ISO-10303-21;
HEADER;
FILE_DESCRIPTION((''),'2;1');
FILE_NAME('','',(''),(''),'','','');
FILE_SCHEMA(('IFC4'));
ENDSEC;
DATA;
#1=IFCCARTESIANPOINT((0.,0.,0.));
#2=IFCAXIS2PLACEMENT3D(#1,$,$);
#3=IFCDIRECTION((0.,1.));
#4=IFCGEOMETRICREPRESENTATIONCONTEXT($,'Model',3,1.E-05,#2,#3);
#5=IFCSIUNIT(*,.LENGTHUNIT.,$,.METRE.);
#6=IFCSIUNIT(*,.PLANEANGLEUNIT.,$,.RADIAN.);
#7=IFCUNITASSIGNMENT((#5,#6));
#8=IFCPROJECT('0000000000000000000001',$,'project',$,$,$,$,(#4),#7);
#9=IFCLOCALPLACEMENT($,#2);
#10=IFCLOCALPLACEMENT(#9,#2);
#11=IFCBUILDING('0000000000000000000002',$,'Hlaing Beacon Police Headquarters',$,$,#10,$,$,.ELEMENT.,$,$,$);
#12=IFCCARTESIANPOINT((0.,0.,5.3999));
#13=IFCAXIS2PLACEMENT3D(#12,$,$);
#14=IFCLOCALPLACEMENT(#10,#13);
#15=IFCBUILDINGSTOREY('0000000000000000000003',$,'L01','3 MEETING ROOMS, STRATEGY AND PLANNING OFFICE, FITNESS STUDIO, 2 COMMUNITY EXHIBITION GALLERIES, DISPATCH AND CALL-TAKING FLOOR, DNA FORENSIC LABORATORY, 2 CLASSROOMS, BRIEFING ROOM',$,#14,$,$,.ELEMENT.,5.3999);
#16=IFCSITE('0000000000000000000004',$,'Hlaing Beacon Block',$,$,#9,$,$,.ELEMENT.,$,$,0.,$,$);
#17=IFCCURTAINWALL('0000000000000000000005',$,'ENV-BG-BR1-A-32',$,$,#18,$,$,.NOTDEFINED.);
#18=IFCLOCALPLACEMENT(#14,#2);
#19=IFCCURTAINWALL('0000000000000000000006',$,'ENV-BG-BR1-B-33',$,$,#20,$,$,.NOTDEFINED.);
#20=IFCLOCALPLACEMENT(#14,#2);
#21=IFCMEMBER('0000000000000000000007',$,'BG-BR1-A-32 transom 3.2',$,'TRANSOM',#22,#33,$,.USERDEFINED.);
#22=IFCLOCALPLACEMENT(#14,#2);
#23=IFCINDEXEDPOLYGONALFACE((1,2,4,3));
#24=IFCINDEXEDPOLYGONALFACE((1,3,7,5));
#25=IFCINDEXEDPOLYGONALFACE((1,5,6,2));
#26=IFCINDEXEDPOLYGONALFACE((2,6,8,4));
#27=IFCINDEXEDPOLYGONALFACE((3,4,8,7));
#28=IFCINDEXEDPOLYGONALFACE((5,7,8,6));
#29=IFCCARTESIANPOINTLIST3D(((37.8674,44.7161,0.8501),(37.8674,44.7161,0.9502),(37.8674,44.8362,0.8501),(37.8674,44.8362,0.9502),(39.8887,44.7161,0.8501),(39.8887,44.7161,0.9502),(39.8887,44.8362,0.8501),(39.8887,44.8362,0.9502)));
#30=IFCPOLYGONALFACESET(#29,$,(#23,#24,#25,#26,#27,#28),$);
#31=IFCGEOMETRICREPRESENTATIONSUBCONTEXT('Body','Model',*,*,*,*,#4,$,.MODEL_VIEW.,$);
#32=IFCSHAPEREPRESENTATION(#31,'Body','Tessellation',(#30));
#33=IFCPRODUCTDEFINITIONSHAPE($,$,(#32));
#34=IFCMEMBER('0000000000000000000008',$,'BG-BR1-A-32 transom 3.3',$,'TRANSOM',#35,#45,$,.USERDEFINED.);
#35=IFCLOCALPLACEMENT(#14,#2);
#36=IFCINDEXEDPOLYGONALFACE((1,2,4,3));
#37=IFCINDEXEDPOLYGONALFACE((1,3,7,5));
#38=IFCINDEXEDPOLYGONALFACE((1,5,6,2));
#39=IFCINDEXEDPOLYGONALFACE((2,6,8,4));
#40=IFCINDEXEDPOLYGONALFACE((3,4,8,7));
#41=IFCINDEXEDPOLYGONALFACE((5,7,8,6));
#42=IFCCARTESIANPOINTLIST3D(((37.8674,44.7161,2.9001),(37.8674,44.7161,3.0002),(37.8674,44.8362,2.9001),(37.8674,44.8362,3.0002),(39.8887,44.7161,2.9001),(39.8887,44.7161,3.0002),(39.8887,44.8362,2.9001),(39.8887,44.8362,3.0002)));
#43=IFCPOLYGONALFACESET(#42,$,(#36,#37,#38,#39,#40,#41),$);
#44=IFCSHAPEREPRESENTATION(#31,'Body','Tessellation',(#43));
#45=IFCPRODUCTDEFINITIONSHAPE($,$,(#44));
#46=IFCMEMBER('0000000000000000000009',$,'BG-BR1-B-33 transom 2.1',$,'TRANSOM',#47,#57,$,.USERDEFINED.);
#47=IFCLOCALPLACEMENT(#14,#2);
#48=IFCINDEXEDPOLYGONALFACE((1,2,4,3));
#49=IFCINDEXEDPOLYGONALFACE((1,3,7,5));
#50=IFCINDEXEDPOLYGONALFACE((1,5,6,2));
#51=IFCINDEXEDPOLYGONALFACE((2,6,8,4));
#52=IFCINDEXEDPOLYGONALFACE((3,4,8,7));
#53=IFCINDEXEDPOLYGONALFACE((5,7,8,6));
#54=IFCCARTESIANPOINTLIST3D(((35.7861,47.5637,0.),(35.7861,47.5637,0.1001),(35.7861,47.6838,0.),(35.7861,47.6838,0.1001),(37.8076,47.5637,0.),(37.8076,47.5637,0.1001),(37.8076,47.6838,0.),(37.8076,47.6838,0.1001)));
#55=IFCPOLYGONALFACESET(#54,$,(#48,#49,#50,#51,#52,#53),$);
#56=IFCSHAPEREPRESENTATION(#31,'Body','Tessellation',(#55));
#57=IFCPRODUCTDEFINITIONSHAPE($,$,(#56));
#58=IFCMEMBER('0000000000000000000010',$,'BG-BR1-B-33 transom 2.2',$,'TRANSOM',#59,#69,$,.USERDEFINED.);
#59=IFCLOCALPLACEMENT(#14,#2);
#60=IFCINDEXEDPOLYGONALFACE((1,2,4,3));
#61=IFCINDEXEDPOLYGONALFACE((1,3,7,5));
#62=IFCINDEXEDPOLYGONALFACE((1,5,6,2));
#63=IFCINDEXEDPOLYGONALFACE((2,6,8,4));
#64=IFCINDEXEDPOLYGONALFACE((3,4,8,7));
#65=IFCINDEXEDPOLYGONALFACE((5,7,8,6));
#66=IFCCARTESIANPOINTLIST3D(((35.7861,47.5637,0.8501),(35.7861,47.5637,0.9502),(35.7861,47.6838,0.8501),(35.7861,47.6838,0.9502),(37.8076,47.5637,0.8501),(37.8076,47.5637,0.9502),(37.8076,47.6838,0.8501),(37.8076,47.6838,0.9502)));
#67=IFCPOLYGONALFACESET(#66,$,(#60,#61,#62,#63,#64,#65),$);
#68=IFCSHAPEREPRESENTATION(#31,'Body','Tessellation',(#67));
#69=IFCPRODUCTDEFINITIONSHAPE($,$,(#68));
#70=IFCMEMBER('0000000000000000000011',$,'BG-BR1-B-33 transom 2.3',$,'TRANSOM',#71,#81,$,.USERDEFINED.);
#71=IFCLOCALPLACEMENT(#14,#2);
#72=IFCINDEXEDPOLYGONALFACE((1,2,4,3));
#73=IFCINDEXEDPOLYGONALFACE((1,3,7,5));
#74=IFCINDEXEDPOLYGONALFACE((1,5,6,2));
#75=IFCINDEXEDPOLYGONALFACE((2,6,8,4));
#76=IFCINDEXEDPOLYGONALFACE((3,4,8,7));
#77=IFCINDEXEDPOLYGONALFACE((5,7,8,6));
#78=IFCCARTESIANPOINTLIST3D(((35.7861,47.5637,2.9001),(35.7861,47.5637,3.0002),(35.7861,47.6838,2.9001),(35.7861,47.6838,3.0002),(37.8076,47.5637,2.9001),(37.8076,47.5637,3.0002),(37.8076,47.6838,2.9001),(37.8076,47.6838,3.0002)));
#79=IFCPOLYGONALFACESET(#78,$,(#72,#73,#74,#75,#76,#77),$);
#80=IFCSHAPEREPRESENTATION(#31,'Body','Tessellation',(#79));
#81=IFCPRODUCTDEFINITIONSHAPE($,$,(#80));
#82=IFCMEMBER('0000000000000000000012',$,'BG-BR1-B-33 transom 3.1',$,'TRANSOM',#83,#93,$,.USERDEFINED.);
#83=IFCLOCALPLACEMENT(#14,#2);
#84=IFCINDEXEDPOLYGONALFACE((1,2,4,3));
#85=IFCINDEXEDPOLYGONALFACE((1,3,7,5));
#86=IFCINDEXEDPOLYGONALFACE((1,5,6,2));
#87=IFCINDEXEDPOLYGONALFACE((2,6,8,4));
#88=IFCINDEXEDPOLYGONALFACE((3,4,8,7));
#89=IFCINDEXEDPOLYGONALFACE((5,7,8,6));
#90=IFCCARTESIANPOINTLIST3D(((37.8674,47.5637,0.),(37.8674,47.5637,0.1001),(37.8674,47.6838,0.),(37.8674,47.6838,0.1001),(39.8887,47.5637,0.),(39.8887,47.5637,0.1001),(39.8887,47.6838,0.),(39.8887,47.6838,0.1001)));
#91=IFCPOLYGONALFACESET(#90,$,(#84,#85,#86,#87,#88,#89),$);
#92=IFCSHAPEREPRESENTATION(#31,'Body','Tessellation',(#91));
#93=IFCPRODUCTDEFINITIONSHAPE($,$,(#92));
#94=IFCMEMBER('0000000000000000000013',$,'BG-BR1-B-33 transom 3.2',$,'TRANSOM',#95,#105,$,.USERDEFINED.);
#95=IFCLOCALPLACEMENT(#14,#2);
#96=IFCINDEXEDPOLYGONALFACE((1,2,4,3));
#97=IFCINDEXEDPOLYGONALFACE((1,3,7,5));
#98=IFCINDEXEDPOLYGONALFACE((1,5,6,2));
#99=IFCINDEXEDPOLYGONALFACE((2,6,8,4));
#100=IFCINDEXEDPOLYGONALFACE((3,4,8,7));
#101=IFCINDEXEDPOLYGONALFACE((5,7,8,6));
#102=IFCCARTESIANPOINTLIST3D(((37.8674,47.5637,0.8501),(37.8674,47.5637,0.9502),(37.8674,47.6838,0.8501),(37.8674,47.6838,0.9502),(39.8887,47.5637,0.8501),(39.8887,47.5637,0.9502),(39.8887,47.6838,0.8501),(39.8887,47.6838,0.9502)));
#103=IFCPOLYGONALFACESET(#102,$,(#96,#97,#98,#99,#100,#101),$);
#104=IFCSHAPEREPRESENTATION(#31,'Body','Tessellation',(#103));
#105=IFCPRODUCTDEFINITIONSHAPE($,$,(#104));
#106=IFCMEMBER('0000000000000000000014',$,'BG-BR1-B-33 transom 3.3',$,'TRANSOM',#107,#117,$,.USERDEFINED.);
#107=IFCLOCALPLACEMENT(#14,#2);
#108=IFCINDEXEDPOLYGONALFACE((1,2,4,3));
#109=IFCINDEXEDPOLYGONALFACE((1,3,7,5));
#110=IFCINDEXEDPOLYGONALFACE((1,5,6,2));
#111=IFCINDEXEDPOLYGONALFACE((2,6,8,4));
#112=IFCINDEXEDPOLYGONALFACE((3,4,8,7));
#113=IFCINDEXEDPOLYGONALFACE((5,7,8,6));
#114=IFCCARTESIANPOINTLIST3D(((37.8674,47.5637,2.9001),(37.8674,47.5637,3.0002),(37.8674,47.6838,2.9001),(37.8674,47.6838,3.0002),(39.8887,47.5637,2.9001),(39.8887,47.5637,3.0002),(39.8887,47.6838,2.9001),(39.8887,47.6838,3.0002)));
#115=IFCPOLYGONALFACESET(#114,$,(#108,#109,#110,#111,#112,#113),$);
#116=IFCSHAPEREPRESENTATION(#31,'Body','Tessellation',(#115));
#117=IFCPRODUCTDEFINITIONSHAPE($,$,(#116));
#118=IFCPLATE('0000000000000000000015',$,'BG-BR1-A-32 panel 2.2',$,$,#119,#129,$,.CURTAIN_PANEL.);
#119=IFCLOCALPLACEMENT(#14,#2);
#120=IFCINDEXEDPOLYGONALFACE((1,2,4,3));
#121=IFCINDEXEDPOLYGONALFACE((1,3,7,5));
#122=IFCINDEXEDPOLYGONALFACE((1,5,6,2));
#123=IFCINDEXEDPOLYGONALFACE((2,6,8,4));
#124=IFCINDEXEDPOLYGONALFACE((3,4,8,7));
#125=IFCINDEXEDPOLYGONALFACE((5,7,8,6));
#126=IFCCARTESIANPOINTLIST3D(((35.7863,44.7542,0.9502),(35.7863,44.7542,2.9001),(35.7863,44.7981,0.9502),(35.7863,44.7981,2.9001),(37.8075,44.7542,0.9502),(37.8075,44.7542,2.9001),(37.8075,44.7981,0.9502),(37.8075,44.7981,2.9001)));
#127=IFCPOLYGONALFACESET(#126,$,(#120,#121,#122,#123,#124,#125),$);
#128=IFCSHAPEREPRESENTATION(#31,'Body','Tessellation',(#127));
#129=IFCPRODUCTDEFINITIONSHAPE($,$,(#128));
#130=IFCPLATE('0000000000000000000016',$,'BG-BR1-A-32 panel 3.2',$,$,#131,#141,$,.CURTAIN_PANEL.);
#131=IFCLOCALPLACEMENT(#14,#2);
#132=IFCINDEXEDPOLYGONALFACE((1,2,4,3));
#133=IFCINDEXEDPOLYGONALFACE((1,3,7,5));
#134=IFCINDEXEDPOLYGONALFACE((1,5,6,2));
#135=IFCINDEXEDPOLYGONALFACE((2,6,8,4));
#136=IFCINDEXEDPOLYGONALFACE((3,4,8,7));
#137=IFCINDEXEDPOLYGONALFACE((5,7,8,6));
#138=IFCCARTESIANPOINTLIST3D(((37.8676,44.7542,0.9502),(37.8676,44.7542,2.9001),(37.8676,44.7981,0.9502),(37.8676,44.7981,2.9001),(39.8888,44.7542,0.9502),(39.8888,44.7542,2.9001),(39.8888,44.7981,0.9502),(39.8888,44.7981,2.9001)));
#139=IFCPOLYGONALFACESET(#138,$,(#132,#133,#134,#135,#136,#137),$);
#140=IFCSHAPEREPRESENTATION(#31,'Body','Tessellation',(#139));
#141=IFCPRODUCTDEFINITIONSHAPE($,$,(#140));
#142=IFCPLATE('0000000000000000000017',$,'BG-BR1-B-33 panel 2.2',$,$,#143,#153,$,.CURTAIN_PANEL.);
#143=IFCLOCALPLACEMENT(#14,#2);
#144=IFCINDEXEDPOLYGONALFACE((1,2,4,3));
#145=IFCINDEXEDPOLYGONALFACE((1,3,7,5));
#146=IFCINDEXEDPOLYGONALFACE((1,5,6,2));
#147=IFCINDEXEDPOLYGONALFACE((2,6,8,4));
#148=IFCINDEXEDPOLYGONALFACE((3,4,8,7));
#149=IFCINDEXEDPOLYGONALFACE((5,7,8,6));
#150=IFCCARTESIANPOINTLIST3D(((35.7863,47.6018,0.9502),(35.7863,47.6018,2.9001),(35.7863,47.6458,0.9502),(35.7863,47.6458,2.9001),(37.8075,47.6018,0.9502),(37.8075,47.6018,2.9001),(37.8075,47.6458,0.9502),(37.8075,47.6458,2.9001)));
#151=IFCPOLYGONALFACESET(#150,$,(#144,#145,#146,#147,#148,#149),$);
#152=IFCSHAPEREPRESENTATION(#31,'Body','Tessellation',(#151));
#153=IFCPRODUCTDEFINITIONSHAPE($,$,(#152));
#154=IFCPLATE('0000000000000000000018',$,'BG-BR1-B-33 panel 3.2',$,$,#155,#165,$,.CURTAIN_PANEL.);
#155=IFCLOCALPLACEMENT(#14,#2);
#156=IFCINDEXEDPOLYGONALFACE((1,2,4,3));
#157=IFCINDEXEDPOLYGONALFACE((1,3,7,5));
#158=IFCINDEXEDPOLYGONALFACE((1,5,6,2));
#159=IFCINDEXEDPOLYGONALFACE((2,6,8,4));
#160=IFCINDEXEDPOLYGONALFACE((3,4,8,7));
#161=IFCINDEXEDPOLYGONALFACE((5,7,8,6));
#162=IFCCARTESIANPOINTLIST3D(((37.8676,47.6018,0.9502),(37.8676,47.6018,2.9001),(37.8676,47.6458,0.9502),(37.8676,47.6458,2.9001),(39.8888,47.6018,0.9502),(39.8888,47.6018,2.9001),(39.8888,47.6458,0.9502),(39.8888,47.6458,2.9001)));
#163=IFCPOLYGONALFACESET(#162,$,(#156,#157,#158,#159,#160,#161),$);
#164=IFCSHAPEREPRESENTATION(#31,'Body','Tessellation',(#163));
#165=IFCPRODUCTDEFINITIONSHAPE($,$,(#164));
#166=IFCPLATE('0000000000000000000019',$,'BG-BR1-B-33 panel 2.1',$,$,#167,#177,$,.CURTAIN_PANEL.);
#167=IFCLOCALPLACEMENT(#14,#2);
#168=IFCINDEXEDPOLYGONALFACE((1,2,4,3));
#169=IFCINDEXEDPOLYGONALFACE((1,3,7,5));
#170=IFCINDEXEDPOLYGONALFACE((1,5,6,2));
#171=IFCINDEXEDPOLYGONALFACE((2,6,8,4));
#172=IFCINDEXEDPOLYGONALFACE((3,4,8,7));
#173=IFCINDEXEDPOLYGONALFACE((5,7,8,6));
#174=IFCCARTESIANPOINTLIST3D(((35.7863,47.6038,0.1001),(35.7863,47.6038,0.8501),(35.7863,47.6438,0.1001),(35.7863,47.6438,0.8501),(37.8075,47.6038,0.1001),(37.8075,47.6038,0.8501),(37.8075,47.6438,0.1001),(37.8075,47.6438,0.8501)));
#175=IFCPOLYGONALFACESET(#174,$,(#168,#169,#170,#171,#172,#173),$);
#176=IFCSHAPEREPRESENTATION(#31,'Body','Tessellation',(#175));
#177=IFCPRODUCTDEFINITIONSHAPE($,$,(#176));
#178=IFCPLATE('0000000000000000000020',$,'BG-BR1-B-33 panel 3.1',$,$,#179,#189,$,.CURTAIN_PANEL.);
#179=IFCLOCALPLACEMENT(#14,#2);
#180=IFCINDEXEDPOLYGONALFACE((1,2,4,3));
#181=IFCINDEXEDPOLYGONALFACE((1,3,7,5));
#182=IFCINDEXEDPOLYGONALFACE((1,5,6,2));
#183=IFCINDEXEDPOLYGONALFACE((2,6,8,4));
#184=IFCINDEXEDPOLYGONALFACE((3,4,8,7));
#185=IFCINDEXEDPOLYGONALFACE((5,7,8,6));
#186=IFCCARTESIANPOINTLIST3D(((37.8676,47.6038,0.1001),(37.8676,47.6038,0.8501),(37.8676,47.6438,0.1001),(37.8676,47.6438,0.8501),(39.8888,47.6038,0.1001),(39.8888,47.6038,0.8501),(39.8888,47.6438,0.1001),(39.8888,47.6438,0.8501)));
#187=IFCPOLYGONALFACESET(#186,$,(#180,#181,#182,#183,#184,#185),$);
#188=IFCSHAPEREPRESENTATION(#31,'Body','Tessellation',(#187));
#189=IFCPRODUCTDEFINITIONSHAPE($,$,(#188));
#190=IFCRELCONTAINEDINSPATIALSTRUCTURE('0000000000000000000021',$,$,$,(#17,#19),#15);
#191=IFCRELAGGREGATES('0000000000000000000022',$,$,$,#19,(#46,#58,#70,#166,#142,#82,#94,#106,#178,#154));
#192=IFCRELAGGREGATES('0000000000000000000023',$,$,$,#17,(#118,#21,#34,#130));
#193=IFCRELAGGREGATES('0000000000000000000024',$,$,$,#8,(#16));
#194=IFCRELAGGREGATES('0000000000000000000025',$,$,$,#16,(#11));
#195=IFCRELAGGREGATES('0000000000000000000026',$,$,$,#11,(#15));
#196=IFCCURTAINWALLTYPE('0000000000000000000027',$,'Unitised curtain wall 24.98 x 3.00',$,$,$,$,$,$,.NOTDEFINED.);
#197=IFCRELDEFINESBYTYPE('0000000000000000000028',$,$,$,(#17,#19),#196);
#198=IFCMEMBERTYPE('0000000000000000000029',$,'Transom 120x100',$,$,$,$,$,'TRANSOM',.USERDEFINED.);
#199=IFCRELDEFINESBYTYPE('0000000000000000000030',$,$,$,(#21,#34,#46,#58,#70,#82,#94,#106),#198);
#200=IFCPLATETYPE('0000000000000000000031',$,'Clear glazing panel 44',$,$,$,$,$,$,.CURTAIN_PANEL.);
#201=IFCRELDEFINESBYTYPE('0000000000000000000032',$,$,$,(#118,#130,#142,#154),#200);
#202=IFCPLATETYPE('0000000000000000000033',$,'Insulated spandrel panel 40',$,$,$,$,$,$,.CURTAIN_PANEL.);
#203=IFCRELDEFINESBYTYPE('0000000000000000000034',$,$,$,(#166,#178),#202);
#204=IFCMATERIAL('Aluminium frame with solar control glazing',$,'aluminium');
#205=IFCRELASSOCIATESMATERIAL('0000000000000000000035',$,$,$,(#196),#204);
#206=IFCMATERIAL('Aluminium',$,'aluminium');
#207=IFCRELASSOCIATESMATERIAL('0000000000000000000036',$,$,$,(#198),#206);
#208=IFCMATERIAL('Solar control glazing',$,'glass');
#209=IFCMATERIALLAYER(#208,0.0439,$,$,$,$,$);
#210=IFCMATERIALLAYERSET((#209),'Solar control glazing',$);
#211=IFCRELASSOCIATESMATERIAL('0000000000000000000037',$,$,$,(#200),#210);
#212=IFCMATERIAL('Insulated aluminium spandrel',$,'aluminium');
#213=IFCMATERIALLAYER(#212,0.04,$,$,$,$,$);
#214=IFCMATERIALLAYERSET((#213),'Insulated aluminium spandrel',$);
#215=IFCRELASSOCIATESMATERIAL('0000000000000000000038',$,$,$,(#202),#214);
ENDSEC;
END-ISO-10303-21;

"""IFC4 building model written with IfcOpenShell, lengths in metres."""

from ifc_helpers import new_model, si_unit, direction, frame, origin, origin_2d, place, context, subcontext, project, spatial, rectangle, extrude, material, layer, layer_set, material_profile, profile_set, type_object, element, aggregate, save


model = new_model("IFC4")

# Units and contexts
model_context = context("Model", 3, precision=1e-05, world=origin(), true_north=direction((0.0, 1.0)))
body_context = subcontext(model_context, "Body", "Model", "MODEL_VIEW")
ifc_project = project(units=[si_unit("LENGTHUNIT", "METRE"), si_unit("PLANEANGLEUNIT", "RADIAN")], contexts=[model_context])

# Site, building, storey
site_placement = place(None, origin())
site = spatial("IfcSite", under=ifc_project, at=site_placement, Name="Hlaing Beacon Block", CompositionType="ELEMENT", RefElevation=0.0)
building_placement = place(site_placement, origin())
building = spatial("IfcBuilding", under=site, at=building_placement, Name="Hlaing Beacon Police Headquarters", CompositionType="ELEMENT")
storey_placement = place(building_placement, frame((0.0, 0.0, 5.3999)))
storey = spatial("IfcBuildingStorey", under=building, at=storey_placement, Name="L01", Description="3 MEETING ROOMS, STRATEGY AND PLANNING OFFICE, FITNESS STUDIO, 2 COMMUNITY EXHIBITION GALLERIES, DISPATCH AND CALL-TAKING FLOOR, DNA FORENSIC LABORATORY, 2 CLASSROOMS, BRIEFING ROOM", CompositionType="ELEMENT", Elevation=5.3999)

# Curtain wall
ifc_material_1 = material(Name="Aluminium frame with solar control glazing", Category="aluminium")
curtain_wall_type = type_object("IfcCurtainWallType", Name="Unitised curtain wall 24.98 x 3.00", PredefinedType="NOTDEFINED", material=ifc_material_1)
curtain_wall_1_placement = place(storey_placement, origin())
curtain_wall_1 = element("IfcCurtainWall", 1, at=curtain_wall_1_placement, inside=storey, type_object=curtain_wall_type, Name="ENV-BG-BR1-A-32", PredefinedType="NOTDEFINED")

# Curtain wall
curtain_wall_2_placement = place(storey_placement, origin())
curtain_wall_2 = element("IfcCurtainWall", 2, at=curtain_wall_2_placement, inside=storey, type_object=curtain_wall_type, Name="ENV-BG-BR1-B-33", PredefinedType="NOTDEFINED")

# Members
ifc_material_2 = material(Name="Aluminium", Category="aluminium")
ifc_material_profile_1 = material_profile(ifc_material_2, rectangle(XDim=0.1201, YDim=0.1001, at=origin_2d()), Name="Transom 120x100")
ifc_profile_set_1 = profile_set([ifc_material_profile_1], Name="Aluminium")
member_type_1 = type_object("IfcMemberType", Name="Transom 120x100", ElementType="TRANSOM", PredefinedType="USERDEFINED", material=ifc_profile_set_1)
member_1_placement = place(storey_placement, frame((37.8674, 44.7761, 0.9001), z_axis=(1.0, 0.0, 0.0), x_axis=(0.0, 1.0, 0.0)))
member_1 = element("IfcMember", 3, at=member_1_placement, type_object=member_type_1, Name="BG-BR1-A-32 transom 3.2", ObjectType="TRANSOM", PredefinedType="USERDEFINED", context=body_context, shape_type="SweptSolid", body=[
    extrude(rectangle(XDim=0.1201, YDim=0.1001, at=origin_2d()), origin(), (0.0, 0.0, 1.0), 2.0212),
])
member_2_placement = place(storey_placement, frame((37.8674, 44.7761, 2.9502), z_axis=(1.0, 0.0, 0.0), x_axis=(0.0, 1.0, 0.0)))
member_2 = element("IfcMember", 4, at=member_2_placement, type_object=member_type_1, Name="BG-BR1-A-32 transom 3.3", ObjectType="TRANSOM", PredefinedType="USERDEFINED", context=body_context, shape_type="SweptSolid", body=[
    extrude(rectangle(XDim=0.1201, YDim=0.1001, at=origin_2d()), origin(), (0.0, 0.0, 1.0), 2.0212),
])
member_3_placement = place(storey_placement, frame((35.7861, 47.6238, 0.05), z_axis=(1.0, 0.0, 0.0), x_axis=(0.0, 1.0, 0.0)))
member_3 = element("IfcMember", 5, at=member_3_placement, type_object=member_type_1, Name="BG-BR1-B-33 transom 2.1", ObjectType="TRANSOM", PredefinedType="USERDEFINED", context=body_context, shape_type="SweptSolid", body=[
    extrude(rectangle(XDim=0.1201, YDim=0.1001, at=origin_2d()), origin(), (0.0, 0.0, 1.0), 2.0215),
])
member_4_placement = place(storey_placement, frame((35.7861, 47.6238, 0.9001), z_axis=(1.0, 0.0, 0.0), x_axis=(0.0, 1.0, 0.0)))
member_4 = element("IfcMember", 6, at=member_4_placement, type_object=member_type_1, Name="BG-BR1-B-33 transom 2.2", ObjectType="TRANSOM", PredefinedType="USERDEFINED", context=body_context, shape_type="SweptSolid", body=[
    extrude(rectangle(XDim=0.1201, YDim=0.1001, at=origin_2d()), origin(), (0.0, 0.0, 1.0), 2.0215),
])
member_5_placement = place(storey_placement, frame((35.7861, 47.6238, 2.9502), z_axis=(1.0, 0.0, 0.0), x_axis=(0.0, 1.0, 0.0)))
member_5 = element("IfcMember", 7, at=member_5_placement, type_object=member_type_1, Name="BG-BR1-B-33 transom 2.3", ObjectType="TRANSOM", PredefinedType="USERDEFINED", context=body_context, shape_type="SweptSolid", body=[
    extrude(rectangle(XDim=0.1201, YDim=0.1001, at=origin_2d()), origin(), (0.0, 0.0, 1.0), 2.0215),
])
member_6_placement = place(storey_placement, frame((37.8674, 47.6238, 0.05), z_axis=(1.0, 0.0, 0.0), x_axis=(0.0, 1.0, 0.0)))
member_6 = element("IfcMember", 8, at=member_6_placement, type_object=member_type_1, Name="BG-BR1-B-33 transom 3.1", ObjectType="TRANSOM", PredefinedType="USERDEFINED", context=body_context, shape_type="SweptSolid", body=[
    extrude(rectangle(XDim=0.1201, YDim=0.1001, at=origin_2d()), origin(), (0.0, 0.0, 1.0), 2.0212),
])
member_7_placement = place(storey_placement, frame((37.8674, 47.6238, 0.9001), z_axis=(1.0, 0.0, 0.0), x_axis=(0.0, 1.0, 0.0)))
member_7 = element("IfcMember", 9, at=member_7_placement, type_object=member_type_1, Name="BG-BR1-B-33 transom 3.2", ObjectType="TRANSOM", PredefinedType="USERDEFINED", context=body_context, shape_type="SweptSolid", body=[
    extrude(rectangle(XDim=0.1201, YDim=0.1001, at=origin_2d()), origin(), (0.0, 0.0, 1.0), 2.0212),
])
member_8_placement = place(storey_placement, frame((37.8674, 47.6238, 2.9502), z_axis=(1.0, 0.0, 0.0), x_axis=(0.0, 1.0, 0.0)))
member_8 = element("IfcMember", 10, at=member_8_placement, type_object=member_type_1, Name="BG-BR1-B-33 transom 3.3", ObjectType="TRANSOM", PredefinedType="USERDEFINED", context=body_context, shape_type="SweptSolid", body=[
    extrude(rectangle(XDim=0.1201, YDim=0.1001, at=origin_2d()), origin(), (0.0, 0.0, 1.0), 2.0212),
])

# Plates
ifc_material_3 = material(Name="Solar control glazing", Category="glass")
ifc_layer_1 = layer(ifc_material_3, 0.0439)
ifc_layer_set_1 = layer_set([ifc_layer_1], Name="Solar control glazing")
plate_type_1 = type_object("IfcPlateType", Name="Clear glazing panel 44", PredefinedType="CURTAIN_PANEL", material=ifc_layer_set_1)
plate_1_placement = place(storey_placement, frame((36.7969, 44.7761, 0.9502), z_axis=(0.0, 0.0, 1.0), x_axis=(1.0, 0.0, 0.0)))
plate_1 = element("IfcPlate", 11, at=plate_1_placement, type_object=plate_type_1, Name="BG-BR1-A-32 panel 2.2", PredefinedType="CURTAIN_PANEL", context=body_context, shape_type="SweptSolid", body=[
    extrude(rectangle(XDim=2.0212, YDim=0.0439, at=origin_2d()), origin(), (0.0, 0.0, 1.0), 1.95),
])
plate_2_placement = place(storey_placement, frame((38.8782, 44.7761, 0.9502), z_axis=(0.0, 0.0, 1.0), x_axis=(1.0, 0.0, 0.0)))
plate_2 = element("IfcPlate", 12, at=plate_2_placement, type_object=plate_type_1, Name="BG-BR1-A-32 panel 3.2", PredefinedType="CURTAIN_PANEL", context=body_context, shape_type="SweptSolid", body=[
    extrude(rectangle(XDim=2.0212, YDim=0.0439, at=origin_2d()), origin(), (0.0, 0.0, 1.0), 1.95),
])
plate_3_placement = place(storey_placement, frame((36.7969, 47.6238, 0.9502), z_axis=(0.0, 0.0, 1.0), x_axis=(1.0, 0.0, 0.0)))
plate_3 = element("IfcPlate", 13, at=plate_3_placement, type_object=plate_type_1, Name="BG-BR1-B-33 panel 2.2", PredefinedType="CURTAIN_PANEL", context=body_context, shape_type="SweptSolid", body=[
    extrude(rectangle(XDim=2.0212, YDim=0.0439, at=origin_2d()), origin(), (0.0, 0.0, 1.0), 1.95),
])
plate_4_placement = place(storey_placement, frame((38.8782, 47.6238, 0.9502), z_axis=(0.0, 0.0, 1.0), x_axis=(1.0, 0.0, 0.0)))
plate_4 = element("IfcPlate", 14, at=plate_4_placement, type_object=plate_type_1, Name="BG-BR1-B-33 panel 3.2", PredefinedType="CURTAIN_PANEL", context=body_context, shape_type="SweptSolid", body=[
    extrude(rectangle(XDim=2.0212, YDim=0.0439, at=origin_2d()), origin(), (0.0, 0.0, 1.0), 1.95),
])
ifc_material_4 = material(Name="Insulated aluminium spandrel", Category="aluminium")
ifc_layer_2 = layer(ifc_material_4, 0.04)
ifc_layer_set_2 = layer_set([ifc_layer_2], Name="Insulated aluminium spandrel")
plate_type_2 = type_object("IfcPlateType", Name="Insulated spandrel panel 40", PredefinedType="CURTAIN_PANEL", material=ifc_layer_set_2)
plate_5_placement = place(storey_placement, frame((36.7969, 47.6238, 0.1001), z_axis=(0.0, 0.0, 1.0), x_axis=(1.0, 0.0, 0.0)))
plate_5 = element("IfcPlate", 15, at=plate_5_placement, type_object=plate_type_2, Name="BG-BR1-B-33 panel 2.1", PredefinedType="CURTAIN_PANEL", context=body_context, shape_type="SweptSolid", body=[
    extrude(rectangle(XDim=2.0212, YDim=0.04, at=origin_2d()), origin(), (0.0, 0.0, 1.0), 0.75),
])
plate_6_placement = place(storey_placement, frame((38.8782, 47.6238, 0.1001), z_axis=(0.0, 0.0, 1.0), x_axis=(1.0, 0.0, 0.0)))
plate_6 = element("IfcPlate", 16, at=plate_6_placement, type_object=plate_type_2, Name="BG-BR1-B-33 panel 3.1", PredefinedType="CURTAIN_PANEL", context=body_context, shape_type="SweptSolid", body=[
    extrude(rectangle(XDim=2.0212, YDim=0.04, at=origin_2d()), origin(), (0.0, 0.0, 1.0), 0.75),
])
aggregate(curtain_wall_2, [member_3, member_4, member_5, plate_5, plate_3, member_6, member_7, member_8, plate_6, plate_4])
aggregate(curtain_wall_1, [plate_1, member_1, member_2, plate_2])

save(model, "model.ifc")
